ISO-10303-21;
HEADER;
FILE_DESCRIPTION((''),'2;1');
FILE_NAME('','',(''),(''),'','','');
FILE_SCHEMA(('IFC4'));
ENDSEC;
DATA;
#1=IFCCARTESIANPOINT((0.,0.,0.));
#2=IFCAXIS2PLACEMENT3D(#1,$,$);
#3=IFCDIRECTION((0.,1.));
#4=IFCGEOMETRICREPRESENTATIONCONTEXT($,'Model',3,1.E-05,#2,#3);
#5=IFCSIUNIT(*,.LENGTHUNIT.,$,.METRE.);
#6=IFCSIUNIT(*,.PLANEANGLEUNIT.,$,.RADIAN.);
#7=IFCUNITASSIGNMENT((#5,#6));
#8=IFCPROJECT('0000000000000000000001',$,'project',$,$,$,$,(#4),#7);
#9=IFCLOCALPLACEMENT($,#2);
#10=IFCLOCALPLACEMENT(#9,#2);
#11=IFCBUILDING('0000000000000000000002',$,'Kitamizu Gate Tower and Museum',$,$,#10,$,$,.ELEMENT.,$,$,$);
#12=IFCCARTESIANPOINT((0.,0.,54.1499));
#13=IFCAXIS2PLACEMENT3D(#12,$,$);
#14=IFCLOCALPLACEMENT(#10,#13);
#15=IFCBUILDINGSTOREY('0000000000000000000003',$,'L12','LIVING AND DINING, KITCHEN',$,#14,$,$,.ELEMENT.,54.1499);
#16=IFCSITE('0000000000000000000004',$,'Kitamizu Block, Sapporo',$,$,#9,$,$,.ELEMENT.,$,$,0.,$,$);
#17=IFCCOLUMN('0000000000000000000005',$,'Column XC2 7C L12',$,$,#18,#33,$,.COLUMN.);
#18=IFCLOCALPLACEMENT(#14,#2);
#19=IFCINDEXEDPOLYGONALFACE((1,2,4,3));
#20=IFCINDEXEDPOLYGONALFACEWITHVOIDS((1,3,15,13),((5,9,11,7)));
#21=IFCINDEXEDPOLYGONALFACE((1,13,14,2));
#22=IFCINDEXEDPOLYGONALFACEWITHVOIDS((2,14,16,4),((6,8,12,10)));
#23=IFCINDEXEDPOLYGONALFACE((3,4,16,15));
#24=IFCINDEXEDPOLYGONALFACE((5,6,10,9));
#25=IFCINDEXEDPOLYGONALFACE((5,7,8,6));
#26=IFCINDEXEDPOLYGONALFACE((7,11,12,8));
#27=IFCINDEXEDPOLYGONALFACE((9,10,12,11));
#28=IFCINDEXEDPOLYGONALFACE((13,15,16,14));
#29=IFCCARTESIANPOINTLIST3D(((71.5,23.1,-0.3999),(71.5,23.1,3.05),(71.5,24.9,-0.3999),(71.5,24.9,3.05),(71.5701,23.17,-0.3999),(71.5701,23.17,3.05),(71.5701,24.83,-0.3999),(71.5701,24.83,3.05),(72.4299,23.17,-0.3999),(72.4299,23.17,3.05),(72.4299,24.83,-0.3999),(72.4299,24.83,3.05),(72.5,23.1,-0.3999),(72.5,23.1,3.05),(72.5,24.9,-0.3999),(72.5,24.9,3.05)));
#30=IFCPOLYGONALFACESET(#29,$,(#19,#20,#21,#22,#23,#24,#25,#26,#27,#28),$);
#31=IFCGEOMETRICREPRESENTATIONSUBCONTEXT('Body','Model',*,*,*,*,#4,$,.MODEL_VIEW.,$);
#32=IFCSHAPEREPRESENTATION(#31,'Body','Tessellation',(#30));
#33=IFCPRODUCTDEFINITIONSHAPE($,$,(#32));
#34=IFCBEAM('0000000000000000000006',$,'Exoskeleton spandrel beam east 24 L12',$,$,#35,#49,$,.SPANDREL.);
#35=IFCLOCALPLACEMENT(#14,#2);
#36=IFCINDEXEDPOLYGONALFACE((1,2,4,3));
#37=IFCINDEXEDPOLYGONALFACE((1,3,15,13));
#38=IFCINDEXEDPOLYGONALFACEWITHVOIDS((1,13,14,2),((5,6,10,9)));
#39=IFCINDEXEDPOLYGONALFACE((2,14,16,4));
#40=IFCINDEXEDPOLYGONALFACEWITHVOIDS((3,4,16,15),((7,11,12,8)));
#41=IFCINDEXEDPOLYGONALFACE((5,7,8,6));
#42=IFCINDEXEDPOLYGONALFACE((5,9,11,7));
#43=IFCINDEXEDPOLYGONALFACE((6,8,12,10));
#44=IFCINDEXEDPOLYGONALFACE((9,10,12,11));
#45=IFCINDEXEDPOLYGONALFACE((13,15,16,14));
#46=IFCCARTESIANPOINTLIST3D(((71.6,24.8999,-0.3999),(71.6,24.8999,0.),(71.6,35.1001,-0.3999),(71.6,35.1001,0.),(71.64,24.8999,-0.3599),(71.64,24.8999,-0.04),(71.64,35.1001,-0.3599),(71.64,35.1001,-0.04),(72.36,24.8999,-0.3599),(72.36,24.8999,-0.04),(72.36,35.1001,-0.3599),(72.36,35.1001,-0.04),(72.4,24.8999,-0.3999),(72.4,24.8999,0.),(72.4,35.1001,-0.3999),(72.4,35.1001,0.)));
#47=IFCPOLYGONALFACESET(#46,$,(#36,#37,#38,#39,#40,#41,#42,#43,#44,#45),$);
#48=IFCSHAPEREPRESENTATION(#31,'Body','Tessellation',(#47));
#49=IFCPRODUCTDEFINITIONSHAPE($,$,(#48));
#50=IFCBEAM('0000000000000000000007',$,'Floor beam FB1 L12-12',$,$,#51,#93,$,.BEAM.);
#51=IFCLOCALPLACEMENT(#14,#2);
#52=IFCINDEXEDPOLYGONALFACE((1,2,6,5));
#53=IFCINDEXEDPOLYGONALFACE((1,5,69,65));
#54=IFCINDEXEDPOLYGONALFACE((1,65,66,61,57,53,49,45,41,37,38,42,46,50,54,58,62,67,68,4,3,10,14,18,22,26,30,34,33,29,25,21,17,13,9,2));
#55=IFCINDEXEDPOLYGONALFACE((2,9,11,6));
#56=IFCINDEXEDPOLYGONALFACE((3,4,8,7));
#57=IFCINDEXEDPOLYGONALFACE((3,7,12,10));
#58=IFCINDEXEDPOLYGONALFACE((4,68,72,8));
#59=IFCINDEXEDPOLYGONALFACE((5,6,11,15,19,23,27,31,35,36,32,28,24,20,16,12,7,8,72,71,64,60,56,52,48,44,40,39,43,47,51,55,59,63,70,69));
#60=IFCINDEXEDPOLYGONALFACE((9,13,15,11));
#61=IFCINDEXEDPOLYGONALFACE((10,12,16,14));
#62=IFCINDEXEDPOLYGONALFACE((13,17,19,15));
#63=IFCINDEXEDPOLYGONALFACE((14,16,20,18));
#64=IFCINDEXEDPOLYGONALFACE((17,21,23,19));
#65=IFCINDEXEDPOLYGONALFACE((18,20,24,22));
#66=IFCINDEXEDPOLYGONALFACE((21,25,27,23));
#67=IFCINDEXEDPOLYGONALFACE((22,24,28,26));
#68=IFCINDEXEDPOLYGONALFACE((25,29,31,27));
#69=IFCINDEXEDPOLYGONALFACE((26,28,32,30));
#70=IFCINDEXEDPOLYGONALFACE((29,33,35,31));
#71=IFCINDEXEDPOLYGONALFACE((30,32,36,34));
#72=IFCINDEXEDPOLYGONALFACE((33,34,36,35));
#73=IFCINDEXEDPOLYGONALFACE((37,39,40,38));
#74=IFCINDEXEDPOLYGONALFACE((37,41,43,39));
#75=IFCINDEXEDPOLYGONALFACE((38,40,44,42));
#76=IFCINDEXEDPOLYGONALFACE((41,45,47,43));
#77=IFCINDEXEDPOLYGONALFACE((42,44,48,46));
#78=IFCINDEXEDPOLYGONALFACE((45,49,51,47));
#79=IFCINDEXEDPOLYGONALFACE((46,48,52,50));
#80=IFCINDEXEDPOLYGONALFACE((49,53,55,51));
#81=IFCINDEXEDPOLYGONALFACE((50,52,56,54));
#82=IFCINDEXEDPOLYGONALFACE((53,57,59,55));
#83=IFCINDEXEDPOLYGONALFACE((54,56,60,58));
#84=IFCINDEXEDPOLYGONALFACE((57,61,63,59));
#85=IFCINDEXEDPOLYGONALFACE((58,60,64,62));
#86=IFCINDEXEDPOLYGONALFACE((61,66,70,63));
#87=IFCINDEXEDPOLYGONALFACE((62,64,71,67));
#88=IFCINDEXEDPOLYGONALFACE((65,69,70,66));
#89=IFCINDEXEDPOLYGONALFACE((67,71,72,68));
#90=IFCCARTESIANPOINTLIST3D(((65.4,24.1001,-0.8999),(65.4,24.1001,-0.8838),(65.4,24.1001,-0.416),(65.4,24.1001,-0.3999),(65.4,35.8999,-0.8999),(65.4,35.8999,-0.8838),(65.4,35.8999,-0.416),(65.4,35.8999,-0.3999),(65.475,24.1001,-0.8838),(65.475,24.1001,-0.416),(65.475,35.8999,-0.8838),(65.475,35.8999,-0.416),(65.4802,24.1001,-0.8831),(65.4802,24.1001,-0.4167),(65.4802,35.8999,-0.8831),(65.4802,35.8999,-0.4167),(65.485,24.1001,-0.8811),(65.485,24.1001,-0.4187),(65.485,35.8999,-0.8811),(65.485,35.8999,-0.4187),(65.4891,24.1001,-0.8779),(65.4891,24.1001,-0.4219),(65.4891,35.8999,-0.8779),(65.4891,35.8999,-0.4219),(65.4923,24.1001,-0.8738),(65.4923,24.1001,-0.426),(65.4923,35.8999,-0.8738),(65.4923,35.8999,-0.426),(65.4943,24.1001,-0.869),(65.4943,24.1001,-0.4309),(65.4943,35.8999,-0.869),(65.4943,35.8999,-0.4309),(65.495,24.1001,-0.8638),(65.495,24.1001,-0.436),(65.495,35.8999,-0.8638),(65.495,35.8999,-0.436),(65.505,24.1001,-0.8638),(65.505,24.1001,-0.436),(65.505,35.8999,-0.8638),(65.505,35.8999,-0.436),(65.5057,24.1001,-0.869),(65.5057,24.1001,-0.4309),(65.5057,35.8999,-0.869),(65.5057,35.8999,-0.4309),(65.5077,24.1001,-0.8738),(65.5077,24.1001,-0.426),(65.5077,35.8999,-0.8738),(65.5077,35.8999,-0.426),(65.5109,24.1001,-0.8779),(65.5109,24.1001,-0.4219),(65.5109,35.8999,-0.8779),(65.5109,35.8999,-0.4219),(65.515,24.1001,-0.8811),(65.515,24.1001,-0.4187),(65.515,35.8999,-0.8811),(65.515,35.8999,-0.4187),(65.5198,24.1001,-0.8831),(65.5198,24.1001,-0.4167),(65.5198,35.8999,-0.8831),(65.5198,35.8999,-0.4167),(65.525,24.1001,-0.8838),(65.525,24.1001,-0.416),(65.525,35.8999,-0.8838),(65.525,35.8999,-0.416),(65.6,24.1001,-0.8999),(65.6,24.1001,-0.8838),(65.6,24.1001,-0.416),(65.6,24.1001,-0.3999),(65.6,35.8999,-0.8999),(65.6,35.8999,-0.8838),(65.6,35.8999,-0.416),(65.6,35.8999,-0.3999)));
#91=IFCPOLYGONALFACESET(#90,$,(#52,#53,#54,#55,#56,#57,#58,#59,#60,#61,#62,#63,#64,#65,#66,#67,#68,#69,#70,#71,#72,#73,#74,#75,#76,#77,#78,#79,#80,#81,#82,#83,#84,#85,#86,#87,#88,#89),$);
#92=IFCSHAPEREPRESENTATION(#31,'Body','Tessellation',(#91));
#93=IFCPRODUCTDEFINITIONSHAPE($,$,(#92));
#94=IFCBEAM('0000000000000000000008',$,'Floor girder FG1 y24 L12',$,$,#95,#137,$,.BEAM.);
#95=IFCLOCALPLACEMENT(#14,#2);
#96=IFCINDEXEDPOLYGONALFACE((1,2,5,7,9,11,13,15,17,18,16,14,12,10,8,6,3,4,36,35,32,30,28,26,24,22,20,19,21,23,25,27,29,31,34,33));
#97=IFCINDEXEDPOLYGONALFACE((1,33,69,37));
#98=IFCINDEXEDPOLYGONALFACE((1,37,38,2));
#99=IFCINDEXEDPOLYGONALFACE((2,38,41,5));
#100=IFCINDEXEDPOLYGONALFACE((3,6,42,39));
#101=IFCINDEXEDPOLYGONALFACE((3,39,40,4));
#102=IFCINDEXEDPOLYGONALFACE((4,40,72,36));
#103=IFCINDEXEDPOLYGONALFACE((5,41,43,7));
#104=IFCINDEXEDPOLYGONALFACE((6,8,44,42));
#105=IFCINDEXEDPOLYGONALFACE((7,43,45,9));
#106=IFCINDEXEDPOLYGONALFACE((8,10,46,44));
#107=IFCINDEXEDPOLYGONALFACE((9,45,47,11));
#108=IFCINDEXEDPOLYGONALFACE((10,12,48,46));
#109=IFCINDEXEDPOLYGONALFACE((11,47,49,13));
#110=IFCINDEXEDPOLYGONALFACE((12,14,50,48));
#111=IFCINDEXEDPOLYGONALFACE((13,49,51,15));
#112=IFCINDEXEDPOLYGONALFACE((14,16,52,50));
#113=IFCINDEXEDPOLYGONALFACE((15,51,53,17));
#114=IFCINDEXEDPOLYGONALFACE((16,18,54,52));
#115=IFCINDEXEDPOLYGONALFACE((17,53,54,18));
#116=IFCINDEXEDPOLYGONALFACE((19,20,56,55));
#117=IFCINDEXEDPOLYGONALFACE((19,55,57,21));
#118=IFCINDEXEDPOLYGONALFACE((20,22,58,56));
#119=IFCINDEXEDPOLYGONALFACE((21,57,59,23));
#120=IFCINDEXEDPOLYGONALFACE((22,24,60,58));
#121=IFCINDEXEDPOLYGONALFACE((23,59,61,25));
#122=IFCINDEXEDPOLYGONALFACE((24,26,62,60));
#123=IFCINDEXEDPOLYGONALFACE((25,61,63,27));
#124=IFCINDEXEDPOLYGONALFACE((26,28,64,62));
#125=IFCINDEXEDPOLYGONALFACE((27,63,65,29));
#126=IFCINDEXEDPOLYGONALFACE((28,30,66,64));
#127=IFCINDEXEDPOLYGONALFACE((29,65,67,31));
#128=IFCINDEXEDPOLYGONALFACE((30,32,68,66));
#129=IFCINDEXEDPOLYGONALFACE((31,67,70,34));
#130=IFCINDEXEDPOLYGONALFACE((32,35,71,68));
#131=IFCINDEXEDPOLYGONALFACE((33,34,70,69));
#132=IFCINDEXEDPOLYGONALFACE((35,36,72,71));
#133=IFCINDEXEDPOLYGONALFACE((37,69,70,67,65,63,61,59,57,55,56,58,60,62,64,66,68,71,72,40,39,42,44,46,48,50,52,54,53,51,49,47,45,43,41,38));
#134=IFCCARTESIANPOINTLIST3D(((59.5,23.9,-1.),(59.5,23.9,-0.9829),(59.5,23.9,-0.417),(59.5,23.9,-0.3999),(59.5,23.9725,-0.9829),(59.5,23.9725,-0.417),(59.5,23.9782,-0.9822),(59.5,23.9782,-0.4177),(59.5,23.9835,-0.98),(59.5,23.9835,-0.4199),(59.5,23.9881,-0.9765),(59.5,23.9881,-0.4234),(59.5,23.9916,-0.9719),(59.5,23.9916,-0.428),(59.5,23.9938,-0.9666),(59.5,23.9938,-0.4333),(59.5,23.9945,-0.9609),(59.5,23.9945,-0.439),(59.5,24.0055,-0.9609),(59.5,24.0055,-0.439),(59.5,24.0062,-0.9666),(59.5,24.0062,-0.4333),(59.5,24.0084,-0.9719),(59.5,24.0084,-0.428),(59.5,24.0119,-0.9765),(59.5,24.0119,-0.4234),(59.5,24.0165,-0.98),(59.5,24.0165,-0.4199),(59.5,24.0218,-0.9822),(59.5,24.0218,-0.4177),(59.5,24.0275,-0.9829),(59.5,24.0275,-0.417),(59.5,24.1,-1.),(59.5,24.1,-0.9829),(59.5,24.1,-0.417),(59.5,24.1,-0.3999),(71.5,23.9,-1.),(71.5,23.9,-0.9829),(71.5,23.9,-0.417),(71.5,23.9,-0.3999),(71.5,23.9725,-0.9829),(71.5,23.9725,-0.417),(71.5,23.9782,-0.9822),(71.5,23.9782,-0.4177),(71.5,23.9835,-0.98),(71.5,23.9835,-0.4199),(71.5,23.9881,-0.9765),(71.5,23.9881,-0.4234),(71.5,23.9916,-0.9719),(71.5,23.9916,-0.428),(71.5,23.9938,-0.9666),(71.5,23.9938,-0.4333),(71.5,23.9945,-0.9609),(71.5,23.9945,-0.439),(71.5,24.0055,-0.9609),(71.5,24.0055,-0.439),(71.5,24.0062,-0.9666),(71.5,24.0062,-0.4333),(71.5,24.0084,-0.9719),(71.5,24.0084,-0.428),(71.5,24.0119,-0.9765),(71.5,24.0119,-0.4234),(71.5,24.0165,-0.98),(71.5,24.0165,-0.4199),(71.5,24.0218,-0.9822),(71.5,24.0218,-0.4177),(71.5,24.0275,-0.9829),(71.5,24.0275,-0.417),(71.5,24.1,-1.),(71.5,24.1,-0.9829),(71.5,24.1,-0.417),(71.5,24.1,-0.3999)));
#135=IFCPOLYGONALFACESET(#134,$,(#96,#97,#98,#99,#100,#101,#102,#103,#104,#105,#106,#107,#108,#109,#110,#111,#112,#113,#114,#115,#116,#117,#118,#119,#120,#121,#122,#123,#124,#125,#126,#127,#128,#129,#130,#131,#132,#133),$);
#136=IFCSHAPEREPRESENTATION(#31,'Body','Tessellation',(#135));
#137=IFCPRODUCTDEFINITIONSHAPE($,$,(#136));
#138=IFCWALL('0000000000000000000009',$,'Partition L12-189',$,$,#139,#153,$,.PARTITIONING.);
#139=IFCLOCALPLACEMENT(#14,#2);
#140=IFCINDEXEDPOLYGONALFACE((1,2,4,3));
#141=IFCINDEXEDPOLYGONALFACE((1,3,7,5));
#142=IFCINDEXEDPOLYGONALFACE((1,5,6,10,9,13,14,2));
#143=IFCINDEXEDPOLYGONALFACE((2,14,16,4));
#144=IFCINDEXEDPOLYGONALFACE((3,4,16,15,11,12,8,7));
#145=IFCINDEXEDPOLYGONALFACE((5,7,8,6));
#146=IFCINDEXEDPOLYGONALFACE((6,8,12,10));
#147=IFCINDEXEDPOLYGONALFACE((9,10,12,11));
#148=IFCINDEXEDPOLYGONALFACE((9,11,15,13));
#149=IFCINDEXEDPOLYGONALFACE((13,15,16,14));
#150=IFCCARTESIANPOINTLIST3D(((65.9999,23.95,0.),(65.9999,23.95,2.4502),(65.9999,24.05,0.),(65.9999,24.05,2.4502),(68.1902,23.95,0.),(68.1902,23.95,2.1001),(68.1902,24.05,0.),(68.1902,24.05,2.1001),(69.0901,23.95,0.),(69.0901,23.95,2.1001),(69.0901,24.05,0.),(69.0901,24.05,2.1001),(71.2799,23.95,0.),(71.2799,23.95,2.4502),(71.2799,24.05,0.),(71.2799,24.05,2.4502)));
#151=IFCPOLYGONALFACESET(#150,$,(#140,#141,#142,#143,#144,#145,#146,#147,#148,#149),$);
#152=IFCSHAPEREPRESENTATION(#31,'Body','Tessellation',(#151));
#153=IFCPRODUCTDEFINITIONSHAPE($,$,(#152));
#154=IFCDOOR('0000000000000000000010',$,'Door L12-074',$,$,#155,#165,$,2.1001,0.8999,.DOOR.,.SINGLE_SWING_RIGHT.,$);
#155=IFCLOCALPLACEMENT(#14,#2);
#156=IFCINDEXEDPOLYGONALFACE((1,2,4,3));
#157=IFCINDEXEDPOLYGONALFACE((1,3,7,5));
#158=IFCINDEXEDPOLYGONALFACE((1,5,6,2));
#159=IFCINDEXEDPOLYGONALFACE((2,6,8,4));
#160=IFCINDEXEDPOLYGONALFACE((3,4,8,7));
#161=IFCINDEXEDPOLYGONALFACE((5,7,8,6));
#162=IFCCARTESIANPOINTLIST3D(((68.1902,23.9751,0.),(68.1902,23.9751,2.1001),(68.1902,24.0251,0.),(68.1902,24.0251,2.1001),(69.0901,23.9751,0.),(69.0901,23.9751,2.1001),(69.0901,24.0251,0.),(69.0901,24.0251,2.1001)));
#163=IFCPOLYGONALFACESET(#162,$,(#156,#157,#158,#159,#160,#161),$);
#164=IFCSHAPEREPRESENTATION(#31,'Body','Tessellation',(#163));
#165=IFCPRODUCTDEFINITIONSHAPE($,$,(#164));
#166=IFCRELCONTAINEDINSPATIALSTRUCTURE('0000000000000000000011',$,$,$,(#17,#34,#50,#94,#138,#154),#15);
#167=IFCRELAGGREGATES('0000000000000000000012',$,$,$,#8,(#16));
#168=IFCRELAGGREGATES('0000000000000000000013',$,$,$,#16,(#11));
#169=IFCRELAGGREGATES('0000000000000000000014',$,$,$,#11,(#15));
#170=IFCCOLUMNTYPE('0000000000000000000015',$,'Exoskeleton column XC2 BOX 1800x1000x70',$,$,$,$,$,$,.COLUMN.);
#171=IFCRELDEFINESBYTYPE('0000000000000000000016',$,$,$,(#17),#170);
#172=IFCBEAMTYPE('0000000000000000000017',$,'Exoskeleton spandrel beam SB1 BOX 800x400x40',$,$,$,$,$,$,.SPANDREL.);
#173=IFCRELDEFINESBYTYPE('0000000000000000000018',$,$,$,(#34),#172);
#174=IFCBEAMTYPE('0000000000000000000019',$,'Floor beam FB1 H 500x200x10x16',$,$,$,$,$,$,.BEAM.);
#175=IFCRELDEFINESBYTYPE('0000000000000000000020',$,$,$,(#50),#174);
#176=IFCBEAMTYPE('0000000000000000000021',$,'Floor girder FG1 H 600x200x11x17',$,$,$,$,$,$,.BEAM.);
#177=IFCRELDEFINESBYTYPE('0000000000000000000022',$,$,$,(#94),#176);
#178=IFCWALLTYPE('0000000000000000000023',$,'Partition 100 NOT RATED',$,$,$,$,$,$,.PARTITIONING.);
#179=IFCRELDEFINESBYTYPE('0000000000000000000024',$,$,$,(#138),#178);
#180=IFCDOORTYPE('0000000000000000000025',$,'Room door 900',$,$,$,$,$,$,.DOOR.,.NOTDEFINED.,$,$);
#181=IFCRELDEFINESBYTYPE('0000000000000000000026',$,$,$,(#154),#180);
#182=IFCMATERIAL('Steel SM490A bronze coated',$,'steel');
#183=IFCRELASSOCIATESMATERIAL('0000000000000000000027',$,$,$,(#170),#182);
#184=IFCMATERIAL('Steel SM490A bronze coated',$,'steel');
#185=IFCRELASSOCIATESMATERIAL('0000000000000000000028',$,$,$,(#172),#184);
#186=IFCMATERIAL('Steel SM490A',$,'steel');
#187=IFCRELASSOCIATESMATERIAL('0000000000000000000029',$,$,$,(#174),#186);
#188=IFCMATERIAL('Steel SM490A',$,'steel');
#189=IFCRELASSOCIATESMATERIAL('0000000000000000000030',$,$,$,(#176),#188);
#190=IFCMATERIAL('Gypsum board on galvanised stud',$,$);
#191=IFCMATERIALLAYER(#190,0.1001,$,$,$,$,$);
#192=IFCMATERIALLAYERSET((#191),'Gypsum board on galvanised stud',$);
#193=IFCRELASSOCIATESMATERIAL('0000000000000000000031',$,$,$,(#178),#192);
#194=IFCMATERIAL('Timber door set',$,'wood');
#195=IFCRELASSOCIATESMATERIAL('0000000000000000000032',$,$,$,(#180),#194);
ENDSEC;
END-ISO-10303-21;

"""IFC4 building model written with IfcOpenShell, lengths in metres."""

from ifc_helpers import new_model, si_unit, direction, frame, frame_2d, origin, origin_2d, place, context, subcontext, project, spatial, rectangle, hollow_rectangle, i_section, extrude, material, layer, layer_set, material_profile, profile_set, type_object, element, fill, save


model = new_model("IFC4")

# Units and contexts
model_context = context("Model", 3, precision=1e-05, world=origin(), true_north=direction((0.0, 1.0)))
body_context = subcontext(model_context, "Body", "Model", "MODEL_VIEW")
ifc_project = project(units=[si_unit("LENGTHUNIT", "METRE"), si_unit("PLANEANGLEUNIT", "RADIAN")], contexts=[model_context])

# Site, building, storey
site_placement = place(None, origin())
site = spatial("IfcSite", under=ifc_project, at=site_placement, Name="Kitamizu Block, Sapporo", CompositionType="ELEMENT", RefElevation=0.0)
building_placement = place(site_placement, origin())
building = spatial("IfcBuilding", under=site, at=building_placement, Name="Kitamizu Gate Tower and Museum", CompositionType="ELEMENT")
storey_placement = place(building_placement, frame((0.0, 0.0, 54.1499)))
storey = spatial("IfcBuildingStorey", under=building, at=storey_placement, Name="L12", Description="LIVING AND DINING, KITCHEN", CompositionType="ELEMENT", Elevation=54.1499)

# Column
ifc_material_1 = material(Name="Steel SM490A bronze coated", Category="steel")
ifc_material_profile_1 = material_profile(ifc_material_1, hollow_rectangle(XDim=1.8, YDim=1.0, WallThickness=0.0701, at=origin_2d()), Name="BOX 1800x1000x70")
ifc_profile_set_1 = profile_set([ifc_material_profile_1], Name="Steel SM490A bronze coated")
column_type = type_object("IfcColumnType", Name="Exoskeleton column XC2 BOX 1800x1000x70", PredefinedType="COLUMN", material=ifc_profile_set_1)
column_placement = place(storey_placement, frame((72.0, 24.0, -0.3999), z_axis=(0.0, 0.0, 1.0), x_axis=(0.0, 1.0, 0.0)))
element("IfcColumn", 1, at=column_placement, inside=storey, type_object=column_type, Name="Column XC2 7C L12", PredefinedType="COLUMN", context=body_context, shape_type="SweptSolid", body=[
    extrude(hollow_rectangle(XDim=1.8, YDim=1.0, WallThickness=0.0701, at=origin_2d()), origin(), (0.0, 0.0, 1.0), 3.45),
])

# Beams
ifc_material_2 = material(Name="Steel SM490A bronze coated", Category="steel")
ifc_material_profile_2 = material_profile(ifc_material_2, hollow_rectangle(XDim=0.8, YDim=0.3999, WallThickness=0.04, at=origin_2d()), Name="BOX 800x400x40")
ifc_profile_set_2 = profile_set([ifc_material_profile_2], Name="Steel SM490A bronze coated")
beam_type_1 = type_object("IfcBeamType", Name="Exoskeleton spandrel beam SB1 BOX 800x400x40", PredefinedType="SPANDREL", material=ifc_profile_set_2)
beam_1_placement = place(storey_placement, frame((72.0, 24.8999, -0.2), z_axis=(0.0, 1.0, 0.0), x_axis=(-1.0, 0.0, 0.0)))
element("IfcBeam", 2, at=beam_1_placement, inside=storey, type_object=beam_type_1, Name="Exoskeleton spandrel beam east 24 L12", PredefinedType="SPANDREL", context=body_context, shape_type="SweptSolid", body=[
    extrude(hollow_rectangle(XDim=0.8, YDim=0.3999, WallThickness=0.04, at=origin_2d()), origin(), (0.0, 0.0, 1.0), 10.2002),
])
ifc_material_3 = material(Name="Steel SM490A", Category="steel")
ifc_material_profile_3 = material_profile(ifc_material_3, i_section(OverallWidth=0.2, OverallDepth=0.5, WebThickness=0.01, FlangeThickness=0.0161, FilletRadius=0.02, at=origin_2d()), Name="H-500x200x10x16")
ifc_profile_set_3 = profile_set([ifc_material_profile_3], Name="Steel SM490A")
beam_type_2 = type_object("IfcBeamType", Name="Floor beam FB1 H 500x200x10x16", PredefinedType="BEAM", material=ifc_profile_set_3)
beam_2_placement = place(storey_placement, frame((65.5, 24.1001, -0.6499), z_axis=(0.0, 1.0, 0.0), x_axis=(-1.0, 0.0, 0.0)))
element("IfcBeam", 3, at=beam_2_placement, inside=storey, type_object=beam_type_2, Name="Floor beam FB1 L12-12", PredefinedType="BEAM", context=body_context, shape_type="SweptSolid", body=[
    extrude(i_section(OverallWidth=0.2, OverallDepth=0.5, WebThickness=0.01, FlangeThickness=0.0161, FilletRadius=0.02, at=origin_2d()), origin(), (0.0, 0.0, 1.0), 11.7998),
])
ifc_material_4 = material(Name="Steel SM490A", Category="steel")
ifc_material_profile_4 = material_profile(ifc_material_4, i_section(OverallWidth=0.2, OverallDepth=0.6001, WebThickness=0.011, FlangeThickness=0.0171, FilletRadius=0.022, at=origin_2d()), Name="H-600x200x11x17")
ifc_profile_set_4 = profile_set([ifc_material_profile_4], Name="Steel SM490A")
beam_type_3 = type_object("IfcBeamType", Name="Floor girder FG1 H 600x200x11x17", PredefinedType="BEAM", material=ifc_profile_set_4)
beam_3_placement = place(storey_placement, frame((59.5, 24.0, -0.7), z_axis=(1.0, 0.0, 0.0), x_axis=(0.0, 1.0, 0.0)))
element("IfcBeam", 4, at=beam_3_placement, inside=storey, type_object=beam_type_3, Name="Floor girder FG1 y24 L12", PredefinedType="BEAM", context=body_context, shape_type="SweptSolid", body=[
    extrude(i_section(OverallWidth=0.2, OverallDepth=0.6001, WebThickness=0.011, FlangeThickness=0.0171, FilletRadius=0.022, at=origin_2d()), origin(), (0.0, 0.0, 1.0), 12.0),
])

# Wall, opening, door
ifc_material_5 = material(Name="Gypsum board on galvanised stud")
ifc_layer_1 = layer(ifc_material_5, 0.1001)
ifc_layer_set_1 = layer_set([ifc_layer_1], Name="Gypsum board on galvanised stud")
wall_type_1 = type_object("IfcWallType", Name="Partition 100 NOT RATED", PredefinedType="PARTITIONING", material=ifc_layer_set_1)
wall_1_placement = place(storey_placement, frame((71.28, 24.0, 0.0), z_axis=(0.0, 0.0, 1.0), x_axis=(-1.0, 0.0, 0.0)))
wall_1 = element("IfcWall", 5, at=wall_1_placement, inside=storey, type_object=wall_type_1, Name="Partition L12-189", PredefinedType="PARTITIONING", context=body_context, shape_type="SweptSolid", body=[
    extrude(rectangle(XDim=5.28, YDim=0.1001, at=frame_2d((2.6401, 0.0))), origin(), (0.0, 0.0, 1.0), 2.4502),
])
opening_1_placement = place(wall_1_placement, frame((2.1899, 0.0, 0.0)))
opening_1 = element("IfcOpeningElement", 6, at=opening_1_placement, cuts=wall_1, PredefinedType="OPENING", context=body_context, shape_type="SweptSolid", body=[
    extrude(rectangle(XDim=0.8999, YDim=2.1001, at=frame_2d((0.45, 1.05))), frame((0.0, 0.0601, 0.0), z_axis=(0.0, -1.0, 0.0), x_axis=(1.0, 0.0, 0.0)), (0.0, 0.0, 1.0), 0.1201),
])
ifc_material_6 = material(Name="Timber door set", Category="wood")
door_type_1 = type_object("IfcDoorType", Name="Room door 900", OperationType="NOTDEFINED", PredefinedType="DOOR", material=ifc_material_6)
door_1_placement = place(opening_1_placement, origin())
door_1 = element("IfcDoor", 7, at=door_1_placement, inside=storey, type_object=door_type_1, Name="Door L12-074", OperationType="SINGLE_SWING_RIGHT", OverallHeight=2.1001, OverallWidth=0.8999, PredefinedType="DOOR", context=body_context, shape_type="SweptSolid", body=[
    extrude(rectangle(XDim=0.8999, YDim=2.1001, at=frame_2d((0.45, 1.05))), frame((0.0, 0.0249, 0.0), z_axis=(0.0, -1.0, 0.0), x_axis=(1.0, 0.0, 0.0)), (0.0, 0.0, 1.0), 0.05),
])
fill(opening_1, door_1)

save(model, "model.ifc")
